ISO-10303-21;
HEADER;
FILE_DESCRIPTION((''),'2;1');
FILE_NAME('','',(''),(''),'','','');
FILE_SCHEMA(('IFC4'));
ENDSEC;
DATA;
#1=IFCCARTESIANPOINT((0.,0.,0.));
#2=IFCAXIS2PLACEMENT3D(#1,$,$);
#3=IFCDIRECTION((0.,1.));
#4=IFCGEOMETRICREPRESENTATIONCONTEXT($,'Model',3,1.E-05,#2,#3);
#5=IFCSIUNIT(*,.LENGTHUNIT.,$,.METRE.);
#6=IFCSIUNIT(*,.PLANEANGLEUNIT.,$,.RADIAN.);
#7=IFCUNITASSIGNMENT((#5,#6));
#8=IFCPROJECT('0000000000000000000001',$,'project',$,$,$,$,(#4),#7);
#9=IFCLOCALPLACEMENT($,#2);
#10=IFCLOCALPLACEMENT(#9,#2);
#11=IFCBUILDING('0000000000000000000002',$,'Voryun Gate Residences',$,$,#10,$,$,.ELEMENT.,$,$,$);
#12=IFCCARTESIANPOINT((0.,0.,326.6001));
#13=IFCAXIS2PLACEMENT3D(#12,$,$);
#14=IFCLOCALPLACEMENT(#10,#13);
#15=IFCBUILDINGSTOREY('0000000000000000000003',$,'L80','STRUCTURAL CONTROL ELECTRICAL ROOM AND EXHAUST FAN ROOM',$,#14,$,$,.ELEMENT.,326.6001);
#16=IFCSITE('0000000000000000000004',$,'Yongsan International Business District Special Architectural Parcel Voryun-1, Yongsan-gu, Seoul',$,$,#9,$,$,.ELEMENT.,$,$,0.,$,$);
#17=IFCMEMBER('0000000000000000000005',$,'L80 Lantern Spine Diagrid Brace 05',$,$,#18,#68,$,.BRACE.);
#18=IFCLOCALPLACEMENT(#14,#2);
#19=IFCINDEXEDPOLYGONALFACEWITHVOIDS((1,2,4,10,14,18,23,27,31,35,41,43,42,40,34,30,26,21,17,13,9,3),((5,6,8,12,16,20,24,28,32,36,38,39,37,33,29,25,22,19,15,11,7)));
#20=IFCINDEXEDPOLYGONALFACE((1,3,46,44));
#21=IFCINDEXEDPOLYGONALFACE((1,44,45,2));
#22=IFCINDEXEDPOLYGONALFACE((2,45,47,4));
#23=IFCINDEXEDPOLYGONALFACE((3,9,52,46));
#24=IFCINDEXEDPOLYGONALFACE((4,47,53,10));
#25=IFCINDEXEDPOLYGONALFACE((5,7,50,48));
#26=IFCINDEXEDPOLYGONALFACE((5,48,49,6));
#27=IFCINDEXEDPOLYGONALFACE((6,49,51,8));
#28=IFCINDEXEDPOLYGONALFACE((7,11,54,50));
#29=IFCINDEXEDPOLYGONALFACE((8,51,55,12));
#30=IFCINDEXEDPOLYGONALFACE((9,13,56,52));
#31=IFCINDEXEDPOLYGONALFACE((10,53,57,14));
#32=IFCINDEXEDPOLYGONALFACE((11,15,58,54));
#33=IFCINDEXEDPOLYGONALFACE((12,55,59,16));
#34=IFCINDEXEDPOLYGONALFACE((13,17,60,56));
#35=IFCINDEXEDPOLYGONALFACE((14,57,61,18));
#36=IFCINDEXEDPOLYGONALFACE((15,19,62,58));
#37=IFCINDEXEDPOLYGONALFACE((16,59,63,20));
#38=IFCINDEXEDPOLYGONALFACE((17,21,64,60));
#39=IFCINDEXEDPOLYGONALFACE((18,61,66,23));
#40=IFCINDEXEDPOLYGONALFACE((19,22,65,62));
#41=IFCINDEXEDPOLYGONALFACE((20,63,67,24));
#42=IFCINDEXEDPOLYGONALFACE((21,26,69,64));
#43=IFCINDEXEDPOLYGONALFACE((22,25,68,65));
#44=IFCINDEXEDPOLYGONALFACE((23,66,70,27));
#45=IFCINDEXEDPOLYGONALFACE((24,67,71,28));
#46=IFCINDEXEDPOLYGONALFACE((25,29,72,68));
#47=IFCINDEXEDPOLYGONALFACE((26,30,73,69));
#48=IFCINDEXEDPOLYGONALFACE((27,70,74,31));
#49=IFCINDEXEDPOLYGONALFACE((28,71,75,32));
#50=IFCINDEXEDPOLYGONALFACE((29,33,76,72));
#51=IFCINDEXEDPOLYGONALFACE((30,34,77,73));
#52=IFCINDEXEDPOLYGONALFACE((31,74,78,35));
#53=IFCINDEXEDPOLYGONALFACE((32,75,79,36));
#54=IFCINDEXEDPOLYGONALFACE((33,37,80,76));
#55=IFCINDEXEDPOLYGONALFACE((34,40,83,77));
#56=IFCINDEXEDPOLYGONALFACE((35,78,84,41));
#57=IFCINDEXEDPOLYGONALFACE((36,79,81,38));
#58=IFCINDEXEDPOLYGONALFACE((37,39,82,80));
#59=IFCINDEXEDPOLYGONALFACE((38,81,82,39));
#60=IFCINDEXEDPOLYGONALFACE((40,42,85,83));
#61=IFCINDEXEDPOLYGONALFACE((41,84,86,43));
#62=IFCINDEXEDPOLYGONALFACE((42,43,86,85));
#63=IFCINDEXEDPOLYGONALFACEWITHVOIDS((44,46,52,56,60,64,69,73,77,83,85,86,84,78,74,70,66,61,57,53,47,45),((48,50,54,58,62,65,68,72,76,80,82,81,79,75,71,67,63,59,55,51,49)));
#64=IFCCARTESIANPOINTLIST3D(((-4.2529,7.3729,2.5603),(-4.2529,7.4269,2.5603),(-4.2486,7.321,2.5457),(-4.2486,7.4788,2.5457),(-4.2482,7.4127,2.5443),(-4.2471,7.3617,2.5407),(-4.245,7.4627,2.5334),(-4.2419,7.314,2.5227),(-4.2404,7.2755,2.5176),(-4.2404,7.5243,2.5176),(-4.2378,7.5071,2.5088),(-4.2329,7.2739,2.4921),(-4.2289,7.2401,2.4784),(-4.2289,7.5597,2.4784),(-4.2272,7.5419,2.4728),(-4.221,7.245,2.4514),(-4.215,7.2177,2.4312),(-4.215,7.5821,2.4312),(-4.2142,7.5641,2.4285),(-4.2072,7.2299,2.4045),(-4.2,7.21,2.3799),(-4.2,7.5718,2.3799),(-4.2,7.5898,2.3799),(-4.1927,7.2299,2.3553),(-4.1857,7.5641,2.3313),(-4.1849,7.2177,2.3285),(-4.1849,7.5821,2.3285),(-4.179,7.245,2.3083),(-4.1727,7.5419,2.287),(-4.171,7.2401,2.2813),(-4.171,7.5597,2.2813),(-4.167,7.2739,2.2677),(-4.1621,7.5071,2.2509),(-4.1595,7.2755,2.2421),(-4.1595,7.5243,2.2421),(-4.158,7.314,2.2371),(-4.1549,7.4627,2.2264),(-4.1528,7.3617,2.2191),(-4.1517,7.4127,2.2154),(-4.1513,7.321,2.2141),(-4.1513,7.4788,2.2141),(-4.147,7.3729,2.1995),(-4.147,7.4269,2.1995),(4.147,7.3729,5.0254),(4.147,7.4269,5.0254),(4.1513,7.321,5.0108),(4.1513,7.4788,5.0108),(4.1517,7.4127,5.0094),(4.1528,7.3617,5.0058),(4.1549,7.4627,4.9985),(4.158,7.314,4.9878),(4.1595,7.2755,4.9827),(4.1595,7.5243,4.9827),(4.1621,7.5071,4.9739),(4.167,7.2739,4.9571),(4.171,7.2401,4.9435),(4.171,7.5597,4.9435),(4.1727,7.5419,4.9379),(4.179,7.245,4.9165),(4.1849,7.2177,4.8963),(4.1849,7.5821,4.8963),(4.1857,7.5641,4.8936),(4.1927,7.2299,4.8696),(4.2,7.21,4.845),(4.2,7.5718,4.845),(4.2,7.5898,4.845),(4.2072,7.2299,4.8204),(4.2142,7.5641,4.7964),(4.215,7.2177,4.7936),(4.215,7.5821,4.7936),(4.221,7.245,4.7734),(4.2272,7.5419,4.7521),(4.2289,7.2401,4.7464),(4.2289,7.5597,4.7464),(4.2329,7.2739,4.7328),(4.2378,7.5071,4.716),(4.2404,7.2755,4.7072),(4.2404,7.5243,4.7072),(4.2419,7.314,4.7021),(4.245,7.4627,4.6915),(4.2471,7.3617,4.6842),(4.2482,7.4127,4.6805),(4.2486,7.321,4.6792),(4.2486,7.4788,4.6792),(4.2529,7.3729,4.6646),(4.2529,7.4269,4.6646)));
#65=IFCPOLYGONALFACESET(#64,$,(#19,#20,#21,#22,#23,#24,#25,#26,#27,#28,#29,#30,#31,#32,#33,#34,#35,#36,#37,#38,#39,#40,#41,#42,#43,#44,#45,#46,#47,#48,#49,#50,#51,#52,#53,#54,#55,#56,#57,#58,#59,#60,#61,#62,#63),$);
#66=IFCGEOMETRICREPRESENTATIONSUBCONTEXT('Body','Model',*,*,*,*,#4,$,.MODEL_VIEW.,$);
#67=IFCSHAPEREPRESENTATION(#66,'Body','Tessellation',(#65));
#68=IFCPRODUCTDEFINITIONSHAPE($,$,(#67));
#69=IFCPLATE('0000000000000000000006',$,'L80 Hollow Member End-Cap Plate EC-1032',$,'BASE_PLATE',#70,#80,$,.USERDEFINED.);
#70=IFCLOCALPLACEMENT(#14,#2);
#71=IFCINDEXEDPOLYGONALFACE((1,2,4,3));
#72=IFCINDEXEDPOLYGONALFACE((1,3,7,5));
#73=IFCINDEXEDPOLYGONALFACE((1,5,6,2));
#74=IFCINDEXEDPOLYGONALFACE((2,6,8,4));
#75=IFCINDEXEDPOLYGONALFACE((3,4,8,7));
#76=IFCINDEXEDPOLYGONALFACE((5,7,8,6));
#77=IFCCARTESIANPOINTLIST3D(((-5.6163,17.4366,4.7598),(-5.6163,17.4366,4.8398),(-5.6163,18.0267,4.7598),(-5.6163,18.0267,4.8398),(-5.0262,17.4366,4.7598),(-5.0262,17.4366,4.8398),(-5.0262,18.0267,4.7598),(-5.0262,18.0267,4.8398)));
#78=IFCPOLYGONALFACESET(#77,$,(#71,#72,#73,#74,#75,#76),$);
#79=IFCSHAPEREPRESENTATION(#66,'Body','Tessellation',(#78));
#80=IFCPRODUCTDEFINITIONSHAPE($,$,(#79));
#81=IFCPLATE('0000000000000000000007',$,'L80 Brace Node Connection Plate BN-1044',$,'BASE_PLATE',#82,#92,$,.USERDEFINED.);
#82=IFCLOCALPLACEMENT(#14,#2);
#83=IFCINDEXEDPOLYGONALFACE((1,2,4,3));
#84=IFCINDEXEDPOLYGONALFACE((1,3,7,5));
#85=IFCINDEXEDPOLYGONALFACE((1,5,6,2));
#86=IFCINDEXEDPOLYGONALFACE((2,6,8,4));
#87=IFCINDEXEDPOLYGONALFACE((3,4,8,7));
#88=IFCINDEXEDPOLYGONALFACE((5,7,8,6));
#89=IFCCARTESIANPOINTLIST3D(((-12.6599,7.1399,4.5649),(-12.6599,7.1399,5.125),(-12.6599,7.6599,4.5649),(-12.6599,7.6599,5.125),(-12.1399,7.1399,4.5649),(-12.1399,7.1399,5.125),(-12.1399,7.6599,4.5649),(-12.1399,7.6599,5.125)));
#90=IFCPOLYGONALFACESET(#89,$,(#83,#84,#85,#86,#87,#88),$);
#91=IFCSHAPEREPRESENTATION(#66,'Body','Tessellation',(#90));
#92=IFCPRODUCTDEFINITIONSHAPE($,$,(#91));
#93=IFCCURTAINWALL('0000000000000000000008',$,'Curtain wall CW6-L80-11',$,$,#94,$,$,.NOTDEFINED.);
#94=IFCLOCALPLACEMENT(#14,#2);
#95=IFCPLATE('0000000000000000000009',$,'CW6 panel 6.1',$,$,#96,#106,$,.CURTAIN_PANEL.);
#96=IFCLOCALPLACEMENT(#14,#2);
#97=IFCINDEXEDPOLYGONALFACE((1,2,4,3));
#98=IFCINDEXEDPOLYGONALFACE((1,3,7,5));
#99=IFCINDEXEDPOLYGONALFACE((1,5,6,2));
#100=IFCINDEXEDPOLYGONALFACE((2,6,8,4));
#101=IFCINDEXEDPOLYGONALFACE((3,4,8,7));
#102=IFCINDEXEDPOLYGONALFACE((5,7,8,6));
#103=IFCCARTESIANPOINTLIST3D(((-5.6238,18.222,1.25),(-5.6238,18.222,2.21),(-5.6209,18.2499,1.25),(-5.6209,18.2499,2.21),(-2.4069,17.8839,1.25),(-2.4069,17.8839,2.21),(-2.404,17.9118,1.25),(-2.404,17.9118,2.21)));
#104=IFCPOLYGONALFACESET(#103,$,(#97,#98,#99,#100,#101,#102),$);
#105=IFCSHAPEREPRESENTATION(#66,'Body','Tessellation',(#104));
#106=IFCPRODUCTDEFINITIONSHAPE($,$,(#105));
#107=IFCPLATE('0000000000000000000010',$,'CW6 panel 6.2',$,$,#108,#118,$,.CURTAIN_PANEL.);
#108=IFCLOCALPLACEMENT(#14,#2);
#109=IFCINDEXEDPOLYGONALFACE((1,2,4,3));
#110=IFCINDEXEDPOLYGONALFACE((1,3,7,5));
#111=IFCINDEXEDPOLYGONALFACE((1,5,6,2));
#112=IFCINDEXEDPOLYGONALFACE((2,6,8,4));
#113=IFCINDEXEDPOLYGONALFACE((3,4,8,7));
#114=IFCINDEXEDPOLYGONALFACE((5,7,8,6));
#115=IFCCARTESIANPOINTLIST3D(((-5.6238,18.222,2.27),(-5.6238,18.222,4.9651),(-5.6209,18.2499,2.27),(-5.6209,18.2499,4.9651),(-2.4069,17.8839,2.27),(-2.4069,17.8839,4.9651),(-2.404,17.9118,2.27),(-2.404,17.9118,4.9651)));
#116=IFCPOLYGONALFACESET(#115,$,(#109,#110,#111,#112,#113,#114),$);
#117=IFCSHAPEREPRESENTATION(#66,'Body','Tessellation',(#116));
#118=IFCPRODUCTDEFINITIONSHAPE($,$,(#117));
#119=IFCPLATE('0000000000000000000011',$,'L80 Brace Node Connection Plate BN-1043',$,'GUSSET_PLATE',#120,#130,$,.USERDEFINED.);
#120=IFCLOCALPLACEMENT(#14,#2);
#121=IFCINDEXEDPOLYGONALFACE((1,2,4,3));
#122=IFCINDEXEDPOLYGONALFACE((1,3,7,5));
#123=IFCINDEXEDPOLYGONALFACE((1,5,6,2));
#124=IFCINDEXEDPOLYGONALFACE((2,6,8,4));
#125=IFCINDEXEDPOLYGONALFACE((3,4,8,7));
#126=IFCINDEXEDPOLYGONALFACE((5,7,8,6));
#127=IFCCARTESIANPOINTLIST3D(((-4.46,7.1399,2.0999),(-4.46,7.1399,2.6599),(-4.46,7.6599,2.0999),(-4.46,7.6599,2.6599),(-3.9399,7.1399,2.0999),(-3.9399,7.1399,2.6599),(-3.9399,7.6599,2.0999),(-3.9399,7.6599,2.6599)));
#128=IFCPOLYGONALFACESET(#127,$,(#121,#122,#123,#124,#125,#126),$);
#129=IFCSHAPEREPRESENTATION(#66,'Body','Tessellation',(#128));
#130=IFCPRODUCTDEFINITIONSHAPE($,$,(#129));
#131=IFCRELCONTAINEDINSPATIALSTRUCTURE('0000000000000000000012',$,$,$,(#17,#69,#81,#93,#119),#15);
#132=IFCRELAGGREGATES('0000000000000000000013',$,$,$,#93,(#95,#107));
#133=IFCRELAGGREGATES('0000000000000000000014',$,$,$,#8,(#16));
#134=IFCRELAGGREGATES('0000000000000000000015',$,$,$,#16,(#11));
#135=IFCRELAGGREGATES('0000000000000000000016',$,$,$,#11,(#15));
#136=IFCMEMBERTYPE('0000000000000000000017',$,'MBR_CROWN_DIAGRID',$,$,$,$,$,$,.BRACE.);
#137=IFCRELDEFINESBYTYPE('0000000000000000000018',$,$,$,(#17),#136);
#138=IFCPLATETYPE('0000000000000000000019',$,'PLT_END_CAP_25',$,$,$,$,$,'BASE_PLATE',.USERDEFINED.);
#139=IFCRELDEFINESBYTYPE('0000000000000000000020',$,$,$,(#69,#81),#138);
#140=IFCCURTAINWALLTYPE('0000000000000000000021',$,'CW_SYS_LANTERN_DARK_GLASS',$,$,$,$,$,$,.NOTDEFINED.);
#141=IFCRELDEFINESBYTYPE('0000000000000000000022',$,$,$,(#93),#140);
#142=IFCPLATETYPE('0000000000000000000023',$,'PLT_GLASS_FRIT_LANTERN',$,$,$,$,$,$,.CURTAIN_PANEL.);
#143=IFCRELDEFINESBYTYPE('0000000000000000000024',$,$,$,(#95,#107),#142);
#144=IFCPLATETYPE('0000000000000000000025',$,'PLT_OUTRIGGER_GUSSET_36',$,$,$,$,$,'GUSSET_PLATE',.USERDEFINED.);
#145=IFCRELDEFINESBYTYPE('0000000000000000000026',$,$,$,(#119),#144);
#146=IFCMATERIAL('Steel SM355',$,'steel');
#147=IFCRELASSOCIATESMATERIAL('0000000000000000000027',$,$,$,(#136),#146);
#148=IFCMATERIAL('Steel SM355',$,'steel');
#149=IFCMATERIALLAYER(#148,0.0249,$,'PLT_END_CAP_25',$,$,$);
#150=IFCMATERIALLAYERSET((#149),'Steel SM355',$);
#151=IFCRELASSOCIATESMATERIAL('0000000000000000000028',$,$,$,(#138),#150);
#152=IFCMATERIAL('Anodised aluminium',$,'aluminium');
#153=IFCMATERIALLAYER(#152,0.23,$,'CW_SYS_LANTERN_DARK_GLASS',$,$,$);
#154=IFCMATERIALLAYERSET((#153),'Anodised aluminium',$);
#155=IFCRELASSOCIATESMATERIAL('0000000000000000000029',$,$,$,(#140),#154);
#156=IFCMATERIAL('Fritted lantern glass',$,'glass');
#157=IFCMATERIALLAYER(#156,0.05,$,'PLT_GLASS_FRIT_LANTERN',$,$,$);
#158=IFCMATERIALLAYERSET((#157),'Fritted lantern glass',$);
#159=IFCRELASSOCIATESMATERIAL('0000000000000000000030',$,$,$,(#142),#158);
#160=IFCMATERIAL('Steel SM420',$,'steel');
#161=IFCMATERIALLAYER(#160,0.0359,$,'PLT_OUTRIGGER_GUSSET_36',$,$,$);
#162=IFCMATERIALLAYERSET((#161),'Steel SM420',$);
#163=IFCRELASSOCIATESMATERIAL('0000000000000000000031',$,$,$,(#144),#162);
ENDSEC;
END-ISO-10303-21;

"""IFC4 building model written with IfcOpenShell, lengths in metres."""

from ifc_helpers import new_model, si_unit, direction, frame, origin, origin_2d, place, context, subcontext, project, spatial, rectangle, hollow_circle, extrude, material, layer, layer_set, material_profile, profile_set, type_object, element, aggregate, save


model = new_model("IFC4")

# Units and contexts
model_context = context("Model", 3, precision=1e-05, world=origin(), true_north=direction((0.0, 1.0)))
body_context = subcontext(model_context, "Body", "Model", "MODEL_VIEW")
ifc_project = project(units=[si_unit("LENGTHUNIT", "METRE"), si_unit("PLANEANGLEUNIT", "RADIAN")], contexts=[model_context])

# Site, building, storey
site_placement = place(None, origin())
site = spatial("IfcSite", under=ifc_project, at=site_placement, Name="Yongsan International Business District Special Architectural Parcel Voryun-1, Yongsan-gu, Seoul", CompositionType="ELEMENT", RefElevation=0.0)
building_placement = place(site_placement, origin())
building = spatial("IfcBuilding", under=site, at=building_placement, Name="Voryun Gate Residences", CompositionType="ELEMENT")
storey_placement = place(building_placement, frame((0.0, 0.0, 326.6001)))
storey = spatial("IfcBuildingStorey", under=building, at=storey_placement, Name="L80", Description="STRUCTURAL CONTROL ELECTRICAL ROOM AND EXHAUST FAN ROOM", CompositionType="ELEMENT", Elevation=326.6001)

# Member
ifc_material_1 = material(Name="Steel SM355", Category="steel")
ifc_material_profile_1 = material_profile(ifc_material_1, hollow_circle(Radius=0.1899, WallThickness=0.0181, at=origin_2d()), Name="CHS-380x18")
ifc_profile_set_1 = profile_set([ifc_material_profile_1], Name="Steel SM355")
member_type = type_object("IfcMemberType", Name="MBR_CROWN_DIAGRID", PredefinedType="BRACE", material=ifc_profile_set_1)
member_1_placement = place(storey_placement, frame((-4.2, 7.3999, 2.3799), z_axis=(0.959535, 0.0, 0.281591), x_axis=(0.0, 1.0, 0.0)))
element("IfcMember", 1, at=member_1_placement, inside=storey, type_object=member_type, Name="L80 Lantern Spine Diagrid Brace 05", PredefinedType="BRACE", context=body_context, shape_type="SweptSolid", body=[
    extrude(hollow_circle(Radius=0.1899, WallThickness=0.0181, at=origin_2d()), origin(), (0.0, 0.0, 1.0), 8.7542),
])

# Plates
ifc_material_2 = material(Name="Steel SM355", Category="steel")
ifc_layer_1 = layer(ifc_material_2, 0.0249, Name="PLT_END_CAP_25")
ifc_layer_set_1 = layer_set([ifc_layer_1], Name="Steel SM355")
plate_type_1 = type_object("IfcPlateType", Name="PLT_END_CAP_25", ElementType="BASE_PLATE", PredefinedType="USERDEFINED", material=ifc_layer_set_1)
plate_1_placement = place(storey_placement, frame((-5.3213, 17.7317, 4.7598), z_axis=(0.0, 0.0, 1.0), x_axis=(1.0, 0.0, 0.0)))
element("IfcPlate", 2, at=plate_1_placement, inside=storey, type_object=plate_type_1, Name="L80 Hollow Member End-Cap Plate EC-1032", ObjectType="BASE_PLATE", PredefinedType="USERDEFINED", context=body_context, shape_type="SweptSolid", body=[
    extrude(rectangle(XDim=0.5901, YDim=0.5901, at=origin_2d()), origin(), (0.0, 0.0, 1.0), 0.0801),
])
plate_2_placement = place(storey_placement, frame((-12.3999, 7.3999, 4.5649), z_axis=(0.0, 0.0, 1.0), x_axis=(1.0, 0.0, 0.0)))
element("IfcPlate", 3, at=plate_2_placement, inside=storey, type_object=plate_type_1, Name="L80 Brace Node Connection Plate BN-1044", ObjectType="BASE_PLATE", PredefinedType="USERDEFINED", context=body_context, shape_type="SweptSolid", body=[
    extrude(rectangle(XDim=0.52, YDim=0.52, at=origin_2d()), origin(), (0.0, 0.0, 1.0), 0.5601),
])

# Curtain wall, plates
ifc_material_3 = material(Name="Anodised aluminium", Category="aluminium")
ifc_layer_2 = layer(ifc_material_3, 0.23, Name="CW_SYS_LANTERN_DARK_GLASS")
ifc_layer_set_2 = layer_set([ifc_layer_2], Name="Anodised aluminium")
curtain_wall_type = type_object("IfcCurtainWallType", Name="CW_SYS_LANTERN_DARK_GLASS", PredefinedType="NOTDEFINED", material=ifc_layer_set_2)
curtain_wall_placement = place(storey_placement, origin())
curtain_wall = element("IfcCurtainWall", 4, at=curtain_wall_placement, inside=storey, type_object=curtain_wall_type, Name="Curtain wall CW6-L80-11", PredefinedType="NOTDEFINED")
ifc_material_4 = material(Name="Fritted lantern glass", Category="glass")
ifc_layer_3 = layer(ifc_material_4, 0.05, Name="PLT_GLASS_FRIT_LANTERN")
ifc_layer_set_3 = layer_set([ifc_layer_3], Name="Fritted lantern glass")
plate_type_2 = type_object("IfcPlateType", Name="PLT_GLASS_FRIT_LANTERN", PredefinedType="CURTAIN_PANEL", material=ifc_layer_set_3)
plate_3_placement = place(storey_placement, frame((-4.0139, 18.0669, 1.25), z_axis=(0.0, 0.0, 1.0), x_axis=(0.994522, -0.104528, 0.0)))
plate_3 = element("IfcPlate", 5, at=plate_3_placement, type_object=plate_type_2, Name="CW6 panel 6.1", PredefinedType="CURTAIN_PANEL", context=body_context, shape_type="SweptSolid", body=[
    extrude(rectangle(XDim=3.2346, YDim=0.0281, at=origin_2d()), origin(), (0.0, 0.0, 1.0), 0.96),
])
plate_4_placement = place(storey_placement, frame((-4.0139, 18.0669, 2.27), z_axis=(0.0, 0.0, 1.0), x_axis=(0.994522, -0.104528, 0.0)))
plate_4 = element("IfcPlate", 6, at=plate_4_placement, type_object=plate_type_2, Name="CW6 panel 6.2", PredefinedType="CURTAIN_PANEL", context=body_context, shape_type="SweptSolid", body=[
    extrude(rectangle(XDim=3.2346, YDim=0.0281, at=origin_2d()), origin(), (0.0, 0.0, 1.0), 2.6951),
])
aggregate(curtain_wall, [plate_3, plate_4])

# Plate
ifc_material_5 = material(Name="Steel SM420", Category="steel")
ifc_layer_4 = layer(ifc_material_5, 0.0359, Name="PLT_OUTRIGGER_GUSSET_36")
ifc_layer_set_4 = layer_set([ifc_layer_4], Name="Steel SM420")
plate_type_3 = type_object("IfcPlateType", Name="PLT_OUTRIGGER_GUSSET_36", ElementType="GUSSET_PLATE", PredefinedType="USERDEFINED", material=ifc_layer_set_4)
plate_5_placement = place(storey_placement, frame((-4.2, 7.3999, 2.0999), z_axis=(0.0, 0.0, 1.0), x_axis=(1.0, 0.0, 0.0)))
element("IfcPlate", 7, at=plate_5_placement, inside=storey, type_object=plate_type_3, Name="L80 Brace Node Connection Plate BN-1043", ObjectType="GUSSET_PLATE", PredefinedType="USERDEFINED", context=body_context, shape_type="SweptSolid", body=[
    extrude(rectangle(XDim=0.52, YDim=0.52, at=origin_2d()), origin(), (0.0, 0.0, 1.0), 0.5601),
])

save(model, "model.ifc")
